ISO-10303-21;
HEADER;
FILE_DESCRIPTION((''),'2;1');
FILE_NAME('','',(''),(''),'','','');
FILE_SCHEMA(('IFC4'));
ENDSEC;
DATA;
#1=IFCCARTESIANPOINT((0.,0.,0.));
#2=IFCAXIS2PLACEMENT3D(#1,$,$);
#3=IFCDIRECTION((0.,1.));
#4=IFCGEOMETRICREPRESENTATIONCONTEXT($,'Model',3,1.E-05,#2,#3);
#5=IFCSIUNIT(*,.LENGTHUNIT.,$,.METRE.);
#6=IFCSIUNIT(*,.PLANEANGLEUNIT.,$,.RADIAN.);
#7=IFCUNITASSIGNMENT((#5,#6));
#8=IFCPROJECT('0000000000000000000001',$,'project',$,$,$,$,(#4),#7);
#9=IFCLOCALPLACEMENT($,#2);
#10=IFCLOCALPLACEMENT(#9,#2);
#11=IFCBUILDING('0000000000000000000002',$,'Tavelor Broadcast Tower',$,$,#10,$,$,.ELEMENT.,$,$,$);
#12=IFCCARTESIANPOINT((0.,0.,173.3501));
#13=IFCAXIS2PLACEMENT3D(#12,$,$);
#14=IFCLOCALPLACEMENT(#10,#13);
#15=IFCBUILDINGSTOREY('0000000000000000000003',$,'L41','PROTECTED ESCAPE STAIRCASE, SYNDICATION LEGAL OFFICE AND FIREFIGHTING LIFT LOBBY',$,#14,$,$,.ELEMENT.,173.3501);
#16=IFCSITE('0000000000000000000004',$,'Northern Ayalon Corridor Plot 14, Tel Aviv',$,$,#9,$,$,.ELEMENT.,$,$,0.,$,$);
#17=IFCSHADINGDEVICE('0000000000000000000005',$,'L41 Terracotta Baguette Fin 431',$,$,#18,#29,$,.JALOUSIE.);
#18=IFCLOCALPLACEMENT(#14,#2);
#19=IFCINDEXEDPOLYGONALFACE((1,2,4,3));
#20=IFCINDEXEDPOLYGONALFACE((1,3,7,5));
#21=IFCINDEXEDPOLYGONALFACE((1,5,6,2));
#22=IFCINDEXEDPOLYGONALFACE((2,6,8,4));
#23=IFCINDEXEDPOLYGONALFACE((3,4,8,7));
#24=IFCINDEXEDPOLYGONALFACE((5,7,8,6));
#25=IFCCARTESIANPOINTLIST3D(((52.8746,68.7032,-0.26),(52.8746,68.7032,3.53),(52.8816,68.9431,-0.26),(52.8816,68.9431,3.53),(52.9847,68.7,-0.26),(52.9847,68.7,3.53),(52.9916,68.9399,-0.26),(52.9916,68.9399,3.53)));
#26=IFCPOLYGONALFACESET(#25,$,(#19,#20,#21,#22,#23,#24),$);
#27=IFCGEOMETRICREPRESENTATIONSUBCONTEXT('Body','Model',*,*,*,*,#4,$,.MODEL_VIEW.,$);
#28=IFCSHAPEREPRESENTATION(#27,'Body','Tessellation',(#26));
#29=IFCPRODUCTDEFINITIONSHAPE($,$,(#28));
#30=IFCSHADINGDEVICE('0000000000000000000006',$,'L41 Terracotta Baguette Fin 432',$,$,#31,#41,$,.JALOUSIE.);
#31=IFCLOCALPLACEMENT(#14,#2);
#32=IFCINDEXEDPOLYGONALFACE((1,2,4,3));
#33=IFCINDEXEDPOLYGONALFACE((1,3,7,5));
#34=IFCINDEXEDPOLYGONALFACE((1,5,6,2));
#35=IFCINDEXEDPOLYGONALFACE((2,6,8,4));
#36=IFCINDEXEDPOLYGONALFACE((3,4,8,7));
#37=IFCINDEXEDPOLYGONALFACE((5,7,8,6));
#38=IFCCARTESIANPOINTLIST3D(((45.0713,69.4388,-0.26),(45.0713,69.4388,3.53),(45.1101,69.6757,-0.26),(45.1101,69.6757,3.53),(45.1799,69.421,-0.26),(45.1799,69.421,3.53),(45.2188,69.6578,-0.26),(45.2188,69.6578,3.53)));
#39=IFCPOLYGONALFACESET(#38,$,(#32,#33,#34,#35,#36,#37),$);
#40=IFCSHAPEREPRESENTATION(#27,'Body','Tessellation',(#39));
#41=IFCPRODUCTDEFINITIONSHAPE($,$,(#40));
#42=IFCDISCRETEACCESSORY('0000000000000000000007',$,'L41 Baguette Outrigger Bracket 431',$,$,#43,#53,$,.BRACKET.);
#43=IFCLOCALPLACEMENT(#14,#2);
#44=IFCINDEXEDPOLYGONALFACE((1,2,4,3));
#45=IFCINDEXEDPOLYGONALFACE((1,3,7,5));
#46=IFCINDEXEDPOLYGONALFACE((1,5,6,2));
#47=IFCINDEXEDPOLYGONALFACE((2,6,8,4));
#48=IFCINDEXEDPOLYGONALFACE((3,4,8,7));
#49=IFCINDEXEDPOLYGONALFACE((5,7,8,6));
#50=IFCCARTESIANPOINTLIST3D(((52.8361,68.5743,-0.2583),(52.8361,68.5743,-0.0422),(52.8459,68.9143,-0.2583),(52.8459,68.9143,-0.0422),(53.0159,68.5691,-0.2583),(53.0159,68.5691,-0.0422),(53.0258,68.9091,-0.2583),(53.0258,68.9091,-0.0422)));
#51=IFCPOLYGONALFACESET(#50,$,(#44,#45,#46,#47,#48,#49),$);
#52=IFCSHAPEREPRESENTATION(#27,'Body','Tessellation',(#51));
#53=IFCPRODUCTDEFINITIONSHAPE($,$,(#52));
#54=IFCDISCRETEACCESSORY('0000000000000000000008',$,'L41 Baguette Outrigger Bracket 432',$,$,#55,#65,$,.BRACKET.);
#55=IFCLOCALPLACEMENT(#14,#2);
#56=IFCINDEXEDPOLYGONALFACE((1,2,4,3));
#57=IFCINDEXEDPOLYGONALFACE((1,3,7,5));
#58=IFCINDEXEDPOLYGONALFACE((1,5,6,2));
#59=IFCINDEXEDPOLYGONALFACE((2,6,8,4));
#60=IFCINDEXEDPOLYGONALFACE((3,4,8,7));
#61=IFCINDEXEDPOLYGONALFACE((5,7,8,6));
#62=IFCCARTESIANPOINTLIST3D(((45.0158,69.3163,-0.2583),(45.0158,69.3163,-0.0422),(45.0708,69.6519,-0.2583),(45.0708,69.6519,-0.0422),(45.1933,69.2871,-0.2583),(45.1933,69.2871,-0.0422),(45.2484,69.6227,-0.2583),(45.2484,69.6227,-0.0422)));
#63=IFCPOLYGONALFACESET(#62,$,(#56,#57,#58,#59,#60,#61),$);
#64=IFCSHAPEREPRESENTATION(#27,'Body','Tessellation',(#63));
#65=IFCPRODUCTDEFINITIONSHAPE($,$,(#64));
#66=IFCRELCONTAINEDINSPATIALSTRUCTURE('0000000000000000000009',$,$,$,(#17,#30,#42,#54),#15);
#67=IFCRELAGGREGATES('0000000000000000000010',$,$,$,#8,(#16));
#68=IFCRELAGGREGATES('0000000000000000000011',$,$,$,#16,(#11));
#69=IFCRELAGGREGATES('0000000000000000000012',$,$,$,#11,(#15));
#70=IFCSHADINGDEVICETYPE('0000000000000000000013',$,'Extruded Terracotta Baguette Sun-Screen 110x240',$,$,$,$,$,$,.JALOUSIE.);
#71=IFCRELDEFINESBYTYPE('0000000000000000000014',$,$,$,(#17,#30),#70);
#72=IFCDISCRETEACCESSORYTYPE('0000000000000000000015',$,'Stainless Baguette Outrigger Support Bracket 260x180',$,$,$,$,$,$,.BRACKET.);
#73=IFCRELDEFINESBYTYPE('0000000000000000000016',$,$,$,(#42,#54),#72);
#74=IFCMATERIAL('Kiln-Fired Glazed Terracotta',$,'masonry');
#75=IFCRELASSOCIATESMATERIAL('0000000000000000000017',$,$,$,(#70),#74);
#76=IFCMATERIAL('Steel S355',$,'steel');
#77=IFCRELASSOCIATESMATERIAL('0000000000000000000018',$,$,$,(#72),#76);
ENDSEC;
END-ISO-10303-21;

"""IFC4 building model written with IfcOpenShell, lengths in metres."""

from ifc_helpers import new_model, si_unit, direction, frame, origin, origin_2d, place, context, subcontext, project, spatial, rectangle, extrude, source, transform, mapped, material, type_object, type_shapes, element, save


model = new_model("IFC4")

# Units and contexts
model_context = context("Model", 3, precision=1e-05, world=origin(), true_north=direction((0.0, 1.0)))
body_context = subcontext(model_context, "Body", "Model", "MODEL_VIEW")
ifc_project = project(units=[si_unit("LENGTHUNIT", "METRE"), si_unit("PLANEANGLEUNIT", "RADIAN")], contexts=[model_context])

# Site, building, storey
site_placement = place(None, origin())
site = spatial("IfcSite", under=ifc_project, at=site_placement, Name="Northern Ayalon Corridor Plot 14, Tel Aviv", CompositionType="ELEMENT", RefElevation=0.0)
building_placement = place(site_placement, origin())
building = spatial("IfcBuilding", under=site, at=building_placement, Name="Tavelor Broadcast Tower", CompositionType="ELEMENT")
storey_placement = place(building_placement, frame((0.0, 0.0, 173.3501)))
storey = spatial("IfcBuildingStorey", under=building, at=storey_placement, Name="L41", Description="PROTECTED ESCAPE STAIRCASE, SYNDICATION LEGAL OFFICE AND FIREFIGHTING LIFT LOBBY", CompositionType="ELEMENT", Elevation=173.3501)

# Shared definitions
ifc_material_1 = material(Name="Steel S355", Category="steel")

# Shading devices
ifc_material_2 = material(Name="Kiln-Fired Glazed Terracotta", Category="masonry")
shading_device_type = type_object("IfcShadingDeviceType", Name="Extruded Terracotta Baguette Sun-Screen 110x240", PredefinedType="JALOUSIE", material=ifc_material_2)
shared_shape_1 = source(origin(), body_context, "Body", "SweptSolid", [
    extrude(rectangle(XDim=0.1101, YDim=0.24, at=origin_2d()), origin(), (0.0, 0.0, 1.0), 3.79),
])
type_shapes(shading_device_type, [shared_shape_1])
for number, where, z_axis, x_axis, name in (
    (1, (52.9331, 68.8215, -0.26), (0.0, 0.0, 1.0), (-0.99958, 0.028968, 0.0), "L41 Terracotta Baguette Fin 431"),
    (2, (45.145, 69.5483, -0.26), (0.0, 0.0, 1.0), (-0.986799, 0.161948, 0.0), "L41 Terracotta Baguette Fin 432"),
):
    element("IfcShadingDevice", number, at=place(storey_placement, frame(where, z_axis=z_axis, x_axis=x_axis)), inside=storey, type_object=shading_device_type, Name=name, PredefinedType="JALOUSIE", context=body_context, shape_type="MappedRepresentation", body=[
        mapped(shared_shape_1, transform((0.0, 0.0, 0.0), scale=1.0)),
    ])

# Discrete accessories
discrete_accessory_type = type_object("IfcDiscreteAccessoryType", Name="Stainless Baguette Outrigger Support Bracket 260x180", PredefinedType="BRACKET", material=ifc_material_1)
shared_shape_2 = source(origin(), body_context, "Body", "SweptSolid", [
    extrude(rectangle(XDim=0.1799, YDim=0.3401, at=origin_2d()), origin(), (0.0, 0.0, 1.0), 0.2161),
])
type_shapes(discrete_accessory_type, [shared_shape_2])
for number, where, z_axis, x_axis, name in (
    (3, (52.9309, 68.7417, -0.2583), (0.0, 0.0, 1.0), (-0.99958, 0.028968, 0.0), "L41 Baguette Outrigger Bracket 431"),
    (4, (45.1321, 69.4695, -0.2583), (0.0, 0.0, 1.0), (-0.986799, 0.161948, 0.0), "L41 Baguette Outrigger Bracket 432"),
):
    element("IfcDiscreteAccessory", number, at=place(storey_placement, frame(where, z_axis=z_axis, x_axis=x_axis)), inside=storey, type_object=discrete_accessory_type, Name=name, PredefinedType="BRACKET", context=body_context, shape_type="MappedRepresentation", body=[
        mapped(shared_shape_2, transform((0.0, 0.0, 0.0), scale=1.0)),
    ])

save(model, "model.ifc")
